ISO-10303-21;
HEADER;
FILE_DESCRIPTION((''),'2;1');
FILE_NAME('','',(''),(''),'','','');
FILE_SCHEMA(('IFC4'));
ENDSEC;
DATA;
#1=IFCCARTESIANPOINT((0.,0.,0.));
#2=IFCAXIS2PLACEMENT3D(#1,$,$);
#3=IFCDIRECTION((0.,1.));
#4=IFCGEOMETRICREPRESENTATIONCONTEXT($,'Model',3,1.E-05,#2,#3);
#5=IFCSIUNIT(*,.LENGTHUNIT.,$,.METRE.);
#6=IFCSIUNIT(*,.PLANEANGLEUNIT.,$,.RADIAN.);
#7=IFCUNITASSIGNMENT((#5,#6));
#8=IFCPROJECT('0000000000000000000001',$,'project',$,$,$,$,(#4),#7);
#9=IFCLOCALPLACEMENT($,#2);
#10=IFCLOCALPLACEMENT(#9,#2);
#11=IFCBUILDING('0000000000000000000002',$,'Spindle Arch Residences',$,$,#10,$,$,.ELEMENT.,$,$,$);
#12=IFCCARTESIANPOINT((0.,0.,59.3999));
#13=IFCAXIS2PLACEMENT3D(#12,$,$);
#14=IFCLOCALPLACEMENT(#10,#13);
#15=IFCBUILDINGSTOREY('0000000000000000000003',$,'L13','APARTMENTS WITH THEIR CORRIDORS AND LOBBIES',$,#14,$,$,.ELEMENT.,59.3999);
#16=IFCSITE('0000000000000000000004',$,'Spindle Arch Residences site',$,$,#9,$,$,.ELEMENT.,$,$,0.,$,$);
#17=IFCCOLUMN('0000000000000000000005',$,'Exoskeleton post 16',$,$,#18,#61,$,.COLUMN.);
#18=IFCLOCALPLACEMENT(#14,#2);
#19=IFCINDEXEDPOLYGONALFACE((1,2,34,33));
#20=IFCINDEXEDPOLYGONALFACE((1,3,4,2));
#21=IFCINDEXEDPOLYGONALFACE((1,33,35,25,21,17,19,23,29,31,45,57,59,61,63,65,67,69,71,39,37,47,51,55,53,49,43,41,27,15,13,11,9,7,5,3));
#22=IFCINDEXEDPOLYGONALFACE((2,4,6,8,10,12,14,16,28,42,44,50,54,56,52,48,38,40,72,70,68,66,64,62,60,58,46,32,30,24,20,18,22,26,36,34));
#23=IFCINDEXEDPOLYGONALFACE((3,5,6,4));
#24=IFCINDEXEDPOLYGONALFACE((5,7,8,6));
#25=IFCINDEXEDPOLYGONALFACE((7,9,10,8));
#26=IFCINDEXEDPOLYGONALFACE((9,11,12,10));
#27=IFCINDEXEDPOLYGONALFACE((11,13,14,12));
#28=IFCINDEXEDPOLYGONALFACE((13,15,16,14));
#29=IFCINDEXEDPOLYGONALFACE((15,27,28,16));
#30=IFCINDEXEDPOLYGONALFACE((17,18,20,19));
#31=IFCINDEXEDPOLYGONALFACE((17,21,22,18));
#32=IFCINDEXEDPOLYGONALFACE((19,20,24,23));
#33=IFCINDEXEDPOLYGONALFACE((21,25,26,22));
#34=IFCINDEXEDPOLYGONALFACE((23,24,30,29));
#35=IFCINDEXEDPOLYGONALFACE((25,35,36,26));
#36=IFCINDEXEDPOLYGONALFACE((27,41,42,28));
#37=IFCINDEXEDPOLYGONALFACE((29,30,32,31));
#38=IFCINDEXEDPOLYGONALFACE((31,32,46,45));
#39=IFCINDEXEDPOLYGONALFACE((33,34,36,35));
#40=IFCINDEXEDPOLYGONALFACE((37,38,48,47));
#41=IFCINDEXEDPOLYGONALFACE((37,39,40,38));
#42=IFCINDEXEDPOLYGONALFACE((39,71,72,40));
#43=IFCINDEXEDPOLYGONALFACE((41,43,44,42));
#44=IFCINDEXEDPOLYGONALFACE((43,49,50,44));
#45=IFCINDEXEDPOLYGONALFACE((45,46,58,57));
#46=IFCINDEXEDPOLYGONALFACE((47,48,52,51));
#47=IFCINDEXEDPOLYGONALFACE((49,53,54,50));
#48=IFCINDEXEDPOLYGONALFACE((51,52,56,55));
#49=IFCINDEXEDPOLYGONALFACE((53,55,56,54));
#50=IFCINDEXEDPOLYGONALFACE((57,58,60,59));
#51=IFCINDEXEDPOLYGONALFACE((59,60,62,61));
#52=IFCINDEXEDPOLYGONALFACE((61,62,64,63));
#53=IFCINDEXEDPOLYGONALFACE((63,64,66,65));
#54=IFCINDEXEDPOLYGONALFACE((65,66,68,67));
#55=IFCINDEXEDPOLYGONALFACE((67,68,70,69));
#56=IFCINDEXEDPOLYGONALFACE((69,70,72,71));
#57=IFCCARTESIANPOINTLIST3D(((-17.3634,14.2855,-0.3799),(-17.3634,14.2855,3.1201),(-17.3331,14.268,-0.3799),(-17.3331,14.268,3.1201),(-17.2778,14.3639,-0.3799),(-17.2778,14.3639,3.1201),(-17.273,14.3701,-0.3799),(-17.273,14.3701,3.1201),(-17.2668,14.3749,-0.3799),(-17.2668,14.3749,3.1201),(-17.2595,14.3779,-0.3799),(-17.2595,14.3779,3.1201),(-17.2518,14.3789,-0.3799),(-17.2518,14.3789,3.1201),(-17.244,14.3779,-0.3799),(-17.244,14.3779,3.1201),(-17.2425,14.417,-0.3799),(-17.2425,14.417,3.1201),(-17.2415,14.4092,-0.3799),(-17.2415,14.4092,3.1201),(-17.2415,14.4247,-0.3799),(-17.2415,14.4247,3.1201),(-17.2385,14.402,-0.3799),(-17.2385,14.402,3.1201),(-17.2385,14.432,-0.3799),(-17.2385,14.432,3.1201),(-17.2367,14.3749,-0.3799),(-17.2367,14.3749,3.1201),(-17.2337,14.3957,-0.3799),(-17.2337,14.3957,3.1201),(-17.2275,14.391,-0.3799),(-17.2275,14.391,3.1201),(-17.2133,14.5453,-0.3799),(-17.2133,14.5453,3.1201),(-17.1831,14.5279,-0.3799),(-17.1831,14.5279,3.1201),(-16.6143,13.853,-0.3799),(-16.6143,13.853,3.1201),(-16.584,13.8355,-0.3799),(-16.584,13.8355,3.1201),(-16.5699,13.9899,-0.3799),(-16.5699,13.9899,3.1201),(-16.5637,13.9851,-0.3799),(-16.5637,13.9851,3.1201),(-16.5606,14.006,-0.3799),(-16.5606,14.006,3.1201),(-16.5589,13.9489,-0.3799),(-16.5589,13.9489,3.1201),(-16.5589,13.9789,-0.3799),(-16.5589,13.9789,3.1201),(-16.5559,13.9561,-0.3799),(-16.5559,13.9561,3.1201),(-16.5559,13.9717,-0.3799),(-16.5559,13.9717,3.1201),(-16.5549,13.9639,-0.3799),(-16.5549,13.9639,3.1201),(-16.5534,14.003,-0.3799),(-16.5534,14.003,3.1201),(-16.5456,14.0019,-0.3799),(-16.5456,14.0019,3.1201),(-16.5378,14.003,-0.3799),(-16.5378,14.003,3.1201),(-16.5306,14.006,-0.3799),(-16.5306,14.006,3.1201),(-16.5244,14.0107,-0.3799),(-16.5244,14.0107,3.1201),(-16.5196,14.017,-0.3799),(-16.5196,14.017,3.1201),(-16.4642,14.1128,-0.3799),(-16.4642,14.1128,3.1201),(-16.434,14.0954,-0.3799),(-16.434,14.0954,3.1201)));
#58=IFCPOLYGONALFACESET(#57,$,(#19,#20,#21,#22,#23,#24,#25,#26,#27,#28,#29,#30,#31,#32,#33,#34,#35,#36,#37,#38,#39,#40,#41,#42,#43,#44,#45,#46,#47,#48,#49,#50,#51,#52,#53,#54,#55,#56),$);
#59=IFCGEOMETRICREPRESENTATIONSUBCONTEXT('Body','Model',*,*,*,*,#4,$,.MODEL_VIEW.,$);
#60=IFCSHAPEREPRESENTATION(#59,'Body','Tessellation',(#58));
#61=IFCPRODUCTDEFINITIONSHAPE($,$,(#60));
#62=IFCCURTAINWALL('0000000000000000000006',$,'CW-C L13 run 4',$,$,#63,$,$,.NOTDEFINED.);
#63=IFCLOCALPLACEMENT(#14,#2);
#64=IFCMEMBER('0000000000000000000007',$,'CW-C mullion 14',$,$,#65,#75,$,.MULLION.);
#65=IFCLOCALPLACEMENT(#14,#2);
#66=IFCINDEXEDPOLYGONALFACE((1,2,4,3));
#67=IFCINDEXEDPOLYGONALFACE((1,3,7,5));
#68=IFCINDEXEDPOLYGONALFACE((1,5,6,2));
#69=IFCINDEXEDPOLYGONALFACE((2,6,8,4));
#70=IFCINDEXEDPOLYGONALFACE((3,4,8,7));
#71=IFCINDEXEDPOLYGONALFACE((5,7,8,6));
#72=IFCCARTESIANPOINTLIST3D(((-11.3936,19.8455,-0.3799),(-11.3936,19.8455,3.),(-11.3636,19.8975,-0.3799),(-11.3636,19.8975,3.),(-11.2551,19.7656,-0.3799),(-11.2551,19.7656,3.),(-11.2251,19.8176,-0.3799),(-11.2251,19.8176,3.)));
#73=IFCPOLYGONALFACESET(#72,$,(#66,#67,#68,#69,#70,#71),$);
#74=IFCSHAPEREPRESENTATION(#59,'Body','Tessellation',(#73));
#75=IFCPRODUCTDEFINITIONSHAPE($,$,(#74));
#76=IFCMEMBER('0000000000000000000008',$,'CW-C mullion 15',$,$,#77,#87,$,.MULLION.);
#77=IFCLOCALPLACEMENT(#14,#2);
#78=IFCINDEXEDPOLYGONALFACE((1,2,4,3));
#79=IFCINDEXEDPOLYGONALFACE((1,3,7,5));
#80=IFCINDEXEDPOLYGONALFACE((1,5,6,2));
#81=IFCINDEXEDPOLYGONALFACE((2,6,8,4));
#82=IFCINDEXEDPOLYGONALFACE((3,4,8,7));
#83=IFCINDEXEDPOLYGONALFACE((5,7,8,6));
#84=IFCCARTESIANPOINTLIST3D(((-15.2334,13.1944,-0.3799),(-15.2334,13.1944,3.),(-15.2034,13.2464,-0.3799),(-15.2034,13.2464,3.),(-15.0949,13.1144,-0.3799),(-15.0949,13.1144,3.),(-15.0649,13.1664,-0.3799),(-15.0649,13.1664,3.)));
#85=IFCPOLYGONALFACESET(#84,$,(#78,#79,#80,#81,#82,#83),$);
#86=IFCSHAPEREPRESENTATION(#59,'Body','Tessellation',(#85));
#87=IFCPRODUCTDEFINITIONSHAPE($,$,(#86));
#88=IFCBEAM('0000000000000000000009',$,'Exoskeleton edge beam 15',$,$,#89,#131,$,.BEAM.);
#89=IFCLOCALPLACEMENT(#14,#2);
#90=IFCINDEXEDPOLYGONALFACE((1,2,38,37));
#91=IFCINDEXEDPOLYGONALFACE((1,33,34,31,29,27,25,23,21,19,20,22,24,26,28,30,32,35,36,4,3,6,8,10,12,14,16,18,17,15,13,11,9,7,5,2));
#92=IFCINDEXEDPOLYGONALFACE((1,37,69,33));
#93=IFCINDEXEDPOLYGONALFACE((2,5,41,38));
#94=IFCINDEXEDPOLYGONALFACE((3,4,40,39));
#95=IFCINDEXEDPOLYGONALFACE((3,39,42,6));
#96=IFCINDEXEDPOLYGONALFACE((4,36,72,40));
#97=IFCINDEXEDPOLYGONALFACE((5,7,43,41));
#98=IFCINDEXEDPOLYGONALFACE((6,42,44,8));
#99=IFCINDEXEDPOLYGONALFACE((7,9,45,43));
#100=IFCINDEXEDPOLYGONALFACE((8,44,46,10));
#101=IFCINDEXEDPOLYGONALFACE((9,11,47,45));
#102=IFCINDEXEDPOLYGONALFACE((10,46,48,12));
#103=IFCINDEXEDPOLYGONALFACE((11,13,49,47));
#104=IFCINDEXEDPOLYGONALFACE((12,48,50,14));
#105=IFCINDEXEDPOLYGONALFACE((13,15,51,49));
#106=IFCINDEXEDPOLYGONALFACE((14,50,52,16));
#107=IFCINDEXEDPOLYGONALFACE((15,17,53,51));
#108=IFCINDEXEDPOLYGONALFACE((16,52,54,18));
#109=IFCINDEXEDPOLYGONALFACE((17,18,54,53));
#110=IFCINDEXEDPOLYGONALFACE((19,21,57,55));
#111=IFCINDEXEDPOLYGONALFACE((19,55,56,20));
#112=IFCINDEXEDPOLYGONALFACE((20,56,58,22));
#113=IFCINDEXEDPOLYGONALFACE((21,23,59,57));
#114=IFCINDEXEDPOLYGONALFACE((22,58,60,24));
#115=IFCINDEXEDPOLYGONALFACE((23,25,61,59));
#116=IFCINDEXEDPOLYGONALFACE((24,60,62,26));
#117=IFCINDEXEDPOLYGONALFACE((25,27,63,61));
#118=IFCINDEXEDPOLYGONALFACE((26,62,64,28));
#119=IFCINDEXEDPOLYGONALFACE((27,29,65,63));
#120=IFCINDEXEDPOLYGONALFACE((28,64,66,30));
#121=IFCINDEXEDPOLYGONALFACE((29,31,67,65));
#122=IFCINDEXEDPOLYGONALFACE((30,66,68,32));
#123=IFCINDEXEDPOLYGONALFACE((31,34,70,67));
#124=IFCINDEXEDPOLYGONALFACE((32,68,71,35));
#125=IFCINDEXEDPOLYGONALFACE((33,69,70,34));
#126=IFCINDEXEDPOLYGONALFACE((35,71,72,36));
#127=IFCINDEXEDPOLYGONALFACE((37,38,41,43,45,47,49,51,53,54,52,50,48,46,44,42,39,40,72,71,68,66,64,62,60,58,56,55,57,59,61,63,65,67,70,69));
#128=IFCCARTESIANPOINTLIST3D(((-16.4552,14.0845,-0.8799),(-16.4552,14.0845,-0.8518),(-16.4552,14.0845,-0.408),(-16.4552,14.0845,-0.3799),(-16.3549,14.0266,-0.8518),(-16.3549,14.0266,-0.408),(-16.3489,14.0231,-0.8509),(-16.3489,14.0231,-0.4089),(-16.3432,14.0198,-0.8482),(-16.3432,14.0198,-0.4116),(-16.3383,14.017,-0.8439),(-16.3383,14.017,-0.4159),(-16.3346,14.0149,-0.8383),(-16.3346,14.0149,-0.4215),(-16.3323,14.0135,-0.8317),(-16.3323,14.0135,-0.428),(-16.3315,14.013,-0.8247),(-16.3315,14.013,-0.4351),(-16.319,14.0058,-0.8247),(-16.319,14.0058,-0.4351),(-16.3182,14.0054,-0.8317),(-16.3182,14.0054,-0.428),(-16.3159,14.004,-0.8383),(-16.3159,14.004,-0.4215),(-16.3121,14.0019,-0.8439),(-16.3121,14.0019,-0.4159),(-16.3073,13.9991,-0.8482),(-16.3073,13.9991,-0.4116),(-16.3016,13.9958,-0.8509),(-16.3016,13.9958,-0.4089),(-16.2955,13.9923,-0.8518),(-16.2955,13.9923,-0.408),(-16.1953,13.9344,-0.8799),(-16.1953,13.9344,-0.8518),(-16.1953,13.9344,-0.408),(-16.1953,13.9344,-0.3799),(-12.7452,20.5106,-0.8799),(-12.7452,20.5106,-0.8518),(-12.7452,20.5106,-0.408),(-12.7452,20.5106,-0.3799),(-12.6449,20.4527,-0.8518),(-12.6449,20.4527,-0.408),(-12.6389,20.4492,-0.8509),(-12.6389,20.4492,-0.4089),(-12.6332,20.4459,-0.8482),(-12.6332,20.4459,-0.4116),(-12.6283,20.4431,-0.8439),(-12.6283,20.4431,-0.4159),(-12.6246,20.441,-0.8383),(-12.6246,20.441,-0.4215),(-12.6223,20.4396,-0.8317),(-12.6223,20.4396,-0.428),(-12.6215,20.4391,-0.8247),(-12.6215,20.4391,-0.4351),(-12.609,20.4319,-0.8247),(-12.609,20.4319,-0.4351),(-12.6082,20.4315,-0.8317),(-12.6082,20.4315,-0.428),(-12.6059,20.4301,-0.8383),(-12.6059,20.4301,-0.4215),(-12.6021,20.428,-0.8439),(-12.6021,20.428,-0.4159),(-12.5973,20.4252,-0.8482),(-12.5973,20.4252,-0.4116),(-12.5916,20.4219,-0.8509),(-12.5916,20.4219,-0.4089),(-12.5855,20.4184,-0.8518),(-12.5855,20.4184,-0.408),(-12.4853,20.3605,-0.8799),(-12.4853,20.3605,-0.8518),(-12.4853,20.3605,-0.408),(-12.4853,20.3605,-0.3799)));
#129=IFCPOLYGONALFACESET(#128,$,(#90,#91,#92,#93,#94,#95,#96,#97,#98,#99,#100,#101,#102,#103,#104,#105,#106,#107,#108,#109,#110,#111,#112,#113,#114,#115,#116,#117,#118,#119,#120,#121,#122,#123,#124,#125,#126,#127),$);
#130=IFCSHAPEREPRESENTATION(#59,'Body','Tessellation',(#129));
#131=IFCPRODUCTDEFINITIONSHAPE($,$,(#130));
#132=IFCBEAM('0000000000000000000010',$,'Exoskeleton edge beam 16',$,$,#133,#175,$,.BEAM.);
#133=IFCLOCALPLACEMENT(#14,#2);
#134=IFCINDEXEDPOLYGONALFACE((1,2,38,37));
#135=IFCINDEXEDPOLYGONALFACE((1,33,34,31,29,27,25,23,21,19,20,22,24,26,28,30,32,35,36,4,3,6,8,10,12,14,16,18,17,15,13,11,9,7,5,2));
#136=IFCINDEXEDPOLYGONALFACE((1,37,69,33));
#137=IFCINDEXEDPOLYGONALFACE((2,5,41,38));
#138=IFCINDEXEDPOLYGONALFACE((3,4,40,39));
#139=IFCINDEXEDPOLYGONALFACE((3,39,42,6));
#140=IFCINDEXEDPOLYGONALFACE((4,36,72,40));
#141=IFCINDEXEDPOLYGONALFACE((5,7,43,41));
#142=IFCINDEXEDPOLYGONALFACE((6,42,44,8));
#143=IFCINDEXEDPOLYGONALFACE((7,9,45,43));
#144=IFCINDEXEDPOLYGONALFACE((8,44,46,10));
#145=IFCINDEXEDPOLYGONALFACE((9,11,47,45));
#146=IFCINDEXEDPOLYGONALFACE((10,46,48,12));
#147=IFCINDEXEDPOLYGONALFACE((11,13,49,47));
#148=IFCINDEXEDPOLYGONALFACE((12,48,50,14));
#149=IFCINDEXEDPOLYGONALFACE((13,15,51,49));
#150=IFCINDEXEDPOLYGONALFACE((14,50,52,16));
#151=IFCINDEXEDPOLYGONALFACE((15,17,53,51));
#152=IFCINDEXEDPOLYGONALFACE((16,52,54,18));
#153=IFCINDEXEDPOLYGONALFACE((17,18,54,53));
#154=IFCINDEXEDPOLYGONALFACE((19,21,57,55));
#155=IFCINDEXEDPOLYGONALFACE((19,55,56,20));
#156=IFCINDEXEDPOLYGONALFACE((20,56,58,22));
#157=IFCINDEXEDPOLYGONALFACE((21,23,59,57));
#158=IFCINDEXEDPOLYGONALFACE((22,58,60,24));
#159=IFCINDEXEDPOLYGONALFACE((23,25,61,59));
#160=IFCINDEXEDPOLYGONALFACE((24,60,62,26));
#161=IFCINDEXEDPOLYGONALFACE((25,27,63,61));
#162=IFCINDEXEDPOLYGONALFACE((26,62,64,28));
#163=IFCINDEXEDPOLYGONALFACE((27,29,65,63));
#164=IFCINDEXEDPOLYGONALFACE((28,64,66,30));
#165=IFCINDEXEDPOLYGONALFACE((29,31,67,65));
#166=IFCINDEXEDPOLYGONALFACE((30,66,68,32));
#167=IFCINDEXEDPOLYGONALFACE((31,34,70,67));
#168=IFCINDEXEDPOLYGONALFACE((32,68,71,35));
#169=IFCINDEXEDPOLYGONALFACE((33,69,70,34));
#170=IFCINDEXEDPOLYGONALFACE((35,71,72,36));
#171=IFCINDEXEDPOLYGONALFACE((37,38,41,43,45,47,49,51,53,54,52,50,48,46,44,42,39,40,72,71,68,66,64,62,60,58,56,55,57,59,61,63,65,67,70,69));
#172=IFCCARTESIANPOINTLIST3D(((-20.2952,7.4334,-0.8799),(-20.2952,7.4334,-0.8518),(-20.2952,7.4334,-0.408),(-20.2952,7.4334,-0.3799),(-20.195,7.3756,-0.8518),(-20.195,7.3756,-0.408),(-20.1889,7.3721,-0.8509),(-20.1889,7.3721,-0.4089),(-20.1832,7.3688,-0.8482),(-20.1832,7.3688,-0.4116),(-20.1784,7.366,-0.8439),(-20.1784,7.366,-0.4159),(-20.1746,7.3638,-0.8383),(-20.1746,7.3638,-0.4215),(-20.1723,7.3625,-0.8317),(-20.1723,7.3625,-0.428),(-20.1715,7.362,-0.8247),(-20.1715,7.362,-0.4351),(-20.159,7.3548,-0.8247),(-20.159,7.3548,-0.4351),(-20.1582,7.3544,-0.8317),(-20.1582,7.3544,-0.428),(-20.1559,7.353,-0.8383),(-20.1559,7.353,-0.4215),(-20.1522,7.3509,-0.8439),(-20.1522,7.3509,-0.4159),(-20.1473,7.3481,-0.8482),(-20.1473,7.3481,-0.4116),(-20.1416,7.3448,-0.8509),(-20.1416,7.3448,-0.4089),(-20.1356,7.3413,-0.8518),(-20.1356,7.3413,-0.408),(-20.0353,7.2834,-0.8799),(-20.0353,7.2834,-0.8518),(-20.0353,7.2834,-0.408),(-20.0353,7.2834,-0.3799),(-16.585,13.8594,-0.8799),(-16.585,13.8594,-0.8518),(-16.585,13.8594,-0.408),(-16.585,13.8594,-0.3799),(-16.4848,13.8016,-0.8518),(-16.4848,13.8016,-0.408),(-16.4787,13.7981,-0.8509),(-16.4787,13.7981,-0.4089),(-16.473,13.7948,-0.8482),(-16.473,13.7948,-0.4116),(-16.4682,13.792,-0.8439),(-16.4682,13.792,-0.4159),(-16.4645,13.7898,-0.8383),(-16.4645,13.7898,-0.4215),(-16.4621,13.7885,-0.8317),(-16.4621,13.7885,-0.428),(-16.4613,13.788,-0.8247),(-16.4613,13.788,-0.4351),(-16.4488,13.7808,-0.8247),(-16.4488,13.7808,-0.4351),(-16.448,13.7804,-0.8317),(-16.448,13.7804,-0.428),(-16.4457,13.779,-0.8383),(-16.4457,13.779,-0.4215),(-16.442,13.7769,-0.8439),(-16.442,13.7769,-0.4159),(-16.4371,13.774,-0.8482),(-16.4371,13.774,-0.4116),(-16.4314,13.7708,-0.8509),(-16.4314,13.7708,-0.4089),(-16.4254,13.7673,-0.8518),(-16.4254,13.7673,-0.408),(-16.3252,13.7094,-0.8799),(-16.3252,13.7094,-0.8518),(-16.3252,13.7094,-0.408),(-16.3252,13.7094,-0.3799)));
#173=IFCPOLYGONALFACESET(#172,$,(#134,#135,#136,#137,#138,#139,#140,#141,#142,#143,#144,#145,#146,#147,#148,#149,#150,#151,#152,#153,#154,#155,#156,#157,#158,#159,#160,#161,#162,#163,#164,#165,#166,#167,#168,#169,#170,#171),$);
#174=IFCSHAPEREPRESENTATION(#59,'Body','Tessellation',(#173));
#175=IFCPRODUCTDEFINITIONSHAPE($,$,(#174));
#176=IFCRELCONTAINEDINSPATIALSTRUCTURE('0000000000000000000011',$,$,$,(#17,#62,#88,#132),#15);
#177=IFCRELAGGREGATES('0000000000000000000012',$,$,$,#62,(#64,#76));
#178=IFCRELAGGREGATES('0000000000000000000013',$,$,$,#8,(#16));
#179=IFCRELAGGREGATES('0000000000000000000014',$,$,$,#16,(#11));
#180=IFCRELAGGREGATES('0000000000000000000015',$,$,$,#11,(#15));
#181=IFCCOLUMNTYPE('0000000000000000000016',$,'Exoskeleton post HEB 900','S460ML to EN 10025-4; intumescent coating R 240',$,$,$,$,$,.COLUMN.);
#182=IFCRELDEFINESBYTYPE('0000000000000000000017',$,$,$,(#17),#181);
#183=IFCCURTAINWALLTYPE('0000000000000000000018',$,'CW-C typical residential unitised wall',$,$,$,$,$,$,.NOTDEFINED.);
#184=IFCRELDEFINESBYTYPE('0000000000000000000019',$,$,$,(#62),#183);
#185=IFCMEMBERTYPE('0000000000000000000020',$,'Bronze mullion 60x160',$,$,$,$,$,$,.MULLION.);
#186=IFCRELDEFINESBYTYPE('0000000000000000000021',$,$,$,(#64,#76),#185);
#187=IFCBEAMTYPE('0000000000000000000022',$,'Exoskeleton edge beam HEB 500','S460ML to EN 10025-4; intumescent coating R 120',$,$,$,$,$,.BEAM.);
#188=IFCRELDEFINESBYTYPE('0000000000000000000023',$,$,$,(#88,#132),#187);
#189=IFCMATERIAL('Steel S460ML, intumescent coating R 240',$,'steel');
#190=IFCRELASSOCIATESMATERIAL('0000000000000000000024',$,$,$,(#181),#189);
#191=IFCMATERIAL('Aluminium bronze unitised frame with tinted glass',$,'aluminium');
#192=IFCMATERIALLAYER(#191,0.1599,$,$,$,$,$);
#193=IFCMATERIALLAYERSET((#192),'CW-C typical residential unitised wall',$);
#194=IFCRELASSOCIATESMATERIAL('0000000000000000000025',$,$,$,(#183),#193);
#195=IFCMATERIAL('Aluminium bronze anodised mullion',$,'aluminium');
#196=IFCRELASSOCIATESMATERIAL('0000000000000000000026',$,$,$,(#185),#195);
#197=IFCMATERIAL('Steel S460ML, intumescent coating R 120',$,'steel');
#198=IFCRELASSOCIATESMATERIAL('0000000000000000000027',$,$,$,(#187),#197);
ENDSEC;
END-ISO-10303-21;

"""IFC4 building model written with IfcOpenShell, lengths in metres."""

from ifc_helpers import new_model, si_unit, direction, frame, origin, origin_2d, place, context, subcontext, project, spatial, rectangle, i_section, extrude, material, layer, layer_set, material_profile, profile_set, type_object, element, aggregate, save


model = new_model("IFC4")

# Units and contexts
model_context = context("Model", 3, precision=1e-05, world=origin(), true_north=direction((0.0, 1.0)))
body_context = subcontext(model_context, "Body", "Model", "MODEL_VIEW")
ifc_project = project(units=[si_unit("LENGTHUNIT", "METRE"), si_unit("PLANEANGLEUNIT", "RADIAN")], contexts=[model_context])

# Site, building, storey
site_placement = place(None, origin())
site = spatial("IfcSite", under=ifc_project, at=site_placement, Name="Spindle Arch Residences site", CompositionType="ELEMENT", RefElevation=0.0)
building_placement = place(site_placement, origin())
building = spatial("IfcBuilding", under=site, at=building_placement, Name="Spindle Arch Residences", CompositionType="ELEMENT")
storey_placement = place(building_placement, frame((0.0, 0.0, 59.3999)))
storey = spatial("IfcBuildingStorey", under=building, at=storey_placement, Name="L13", Description="APARTMENTS WITH THEIR CORRIDORS AND LOBBIES", CompositionType="ELEMENT", Elevation=59.3999)

# Column
ifc_material_1 = material(Name="Steel S460ML, intumescent coating R 240", Category="steel")
ifc_material_profile_1 = material_profile(ifc_material_1, i_section(OverallWidth=0.3, OverallDepth=0.8999, WebThickness=0.0186, FlangeThickness=0.0349, FilletRadius=0.03, at=origin_2d()), Name="HEB 900")
ifc_profile_set_1 = profile_set([ifc_material_profile_1], Name="Steel S460ML, intumescent coating R 240")
column_type = type_object("IfcColumnType", Name="Exoskeleton post HEB 900", Description="S460ML to EN 10025-4; intumescent coating R 240", PredefinedType="COLUMN", material=ifc_profile_set_1)
column_placement = place(storey_placement, frame((-16.8987, 14.1904, -0.3799), z_axis=(0.0, 0.0, 1.0), x_axis=(0.5, 0.866025, 0.0)))
element("IfcColumn", 1, at=column_placement, inside=storey, type_object=column_type, Name="Exoskeleton post 16", PredefinedType="COLUMN", context=body_context, shape_type="SweptSolid", body=[
    extrude(i_section(OverallWidth=0.3, OverallDepth=0.8999, WebThickness=0.0186, FlangeThickness=0.0349, FilletRadius=0.03, at=origin_2d()), origin(), (0.0, 0.0, 1.0), 3.5),
])

# Curtain wall, members
ifc_material_2 = material(Name="Aluminium bronze unitised frame with tinted glass", Category="aluminium")
ifc_layer_1 = layer(ifc_material_2, 0.1599)
ifc_layer_set_1 = layer_set([ifc_layer_1], Name="CW-C typical residential unitised wall")
curtain_wall_type = type_object("IfcCurtainWallType", Name="CW-C typical residential unitised wall", PredefinedType="NOTDEFINED", material=ifc_layer_set_1)
curtain_wall_placement = place(storey_placement, origin())
curtain_wall = element("IfcCurtainWall", 2, at=curtain_wall_placement, inside=storey, type_object=curtain_wall_type, Name="CW-C L13 run 4", PredefinedType="NOTDEFINED")
ifc_material_3 = material(Name="Aluminium bronze anodised mullion", Category="aluminium")
ifc_material_profile_2 = material_profile(ifc_material_3, rectangle(XDim=0.1599, YDim=0.0601, at=origin_2d()), Name="MU 60x160")
ifc_profile_set_2 = profile_set([ifc_material_profile_2], Name="Aluminium bronze anodised mullion")
member_type = type_object("IfcMemberType", Name="Bronze mullion 60x160", PredefinedType="MULLION", material=ifc_profile_set_2)
member_1_placement = place(storey_placement, frame((-11.3093, 19.8315, -0.3799), z_axis=(0.0, 0.0, 1.0), x_axis=(0.866025, -0.5, 0.0)))
member_1 = element("IfcMember", 3, at=member_1_placement, type_object=member_type, Name="CW-C mullion 14", PredefinedType="MULLION", context=body_context, shape_type="SweptSolid", body=[
    extrude(rectangle(XDim=0.1599, YDim=0.0601, at=origin_2d()), origin(), (0.0, 0.0, 1.0), 3.3799),
])
member_2_placement = place(storey_placement, frame((-15.1492, 13.1804, -0.3799), z_axis=(0.0, 0.0, 1.0), x_axis=(0.866025, -0.5, 0.0)))
member_2 = element("IfcMember", 4, at=member_2_placement, type_object=member_type, Name="CW-C mullion 15", PredefinedType="MULLION", context=body_context, shape_type="SweptSolid", body=[
    extrude(rectangle(XDim=0.1599, YDim=0.0601, at=origin_2d()), origin(), (0.0, 0.0, 1.0), 3.3799),
])

# Beams
ifc_material_4 = material(Name="Steel S460ML, intumescent coating R 120", Category="steel")
ifc_material_profile_3 = material_profile(ifc_material_4, i_section(OverallWidth=0.3, OverallDepth=0.5, WebThickness=0.0144, FlangeThickness=0.0281, FilletRadius=0.0271, at=origin_2d()), Name="HEB 500")
ifc_profile_set_3 = profile_set([ifc_material_profile_3], Name="Steel S460ML, intumescent coating R 120")
beam_type_1 = type_object("IfcBeamType", Name="Exoskeleton edge beam HEB 500", Description="S460ML to EN 10025-4; intumescent coating R 120", PredefinedType="BEAM", material=ifc_profile_set_3)
for number, where, z_axis, x_axis, name in (
    (5, (-12.6152, 20.4355, -0.6299), (-0.499989, -0.866032, 0.0), (0.866032, -0.499989, 0.0), "Exoskeleton edge beam 15"),
    (6, (-16.4551, 13.7844, -0.6299), (-0.500014, -0.866017, 0.0), (0.866017, -0.500014, 0.0), "Exoskeleton edge beam 16"),
):
    element("IfcBeam", number, at=place(storey_placement, frame(where, z_axis=z_axis, x_axis=x_axis)), inside=storey, type_object=beam_type_1, Name=name, PredefinedType="BEAM", context=body_context, shape_type="SweptSolid", body=[
        extrude(i_section(OverallWidth=0.3, OverallDepth=0.5, WebThickness=0.0144, FlangeThickness=0.0281, FilletRadius=0.0271, at=origin_2d()), origin(), (0.0, 0.0, 1.0), 7.4202),
    ])

aggregate(curtain_wall, [member_1, member_2])

save(model, "model.ifc")
